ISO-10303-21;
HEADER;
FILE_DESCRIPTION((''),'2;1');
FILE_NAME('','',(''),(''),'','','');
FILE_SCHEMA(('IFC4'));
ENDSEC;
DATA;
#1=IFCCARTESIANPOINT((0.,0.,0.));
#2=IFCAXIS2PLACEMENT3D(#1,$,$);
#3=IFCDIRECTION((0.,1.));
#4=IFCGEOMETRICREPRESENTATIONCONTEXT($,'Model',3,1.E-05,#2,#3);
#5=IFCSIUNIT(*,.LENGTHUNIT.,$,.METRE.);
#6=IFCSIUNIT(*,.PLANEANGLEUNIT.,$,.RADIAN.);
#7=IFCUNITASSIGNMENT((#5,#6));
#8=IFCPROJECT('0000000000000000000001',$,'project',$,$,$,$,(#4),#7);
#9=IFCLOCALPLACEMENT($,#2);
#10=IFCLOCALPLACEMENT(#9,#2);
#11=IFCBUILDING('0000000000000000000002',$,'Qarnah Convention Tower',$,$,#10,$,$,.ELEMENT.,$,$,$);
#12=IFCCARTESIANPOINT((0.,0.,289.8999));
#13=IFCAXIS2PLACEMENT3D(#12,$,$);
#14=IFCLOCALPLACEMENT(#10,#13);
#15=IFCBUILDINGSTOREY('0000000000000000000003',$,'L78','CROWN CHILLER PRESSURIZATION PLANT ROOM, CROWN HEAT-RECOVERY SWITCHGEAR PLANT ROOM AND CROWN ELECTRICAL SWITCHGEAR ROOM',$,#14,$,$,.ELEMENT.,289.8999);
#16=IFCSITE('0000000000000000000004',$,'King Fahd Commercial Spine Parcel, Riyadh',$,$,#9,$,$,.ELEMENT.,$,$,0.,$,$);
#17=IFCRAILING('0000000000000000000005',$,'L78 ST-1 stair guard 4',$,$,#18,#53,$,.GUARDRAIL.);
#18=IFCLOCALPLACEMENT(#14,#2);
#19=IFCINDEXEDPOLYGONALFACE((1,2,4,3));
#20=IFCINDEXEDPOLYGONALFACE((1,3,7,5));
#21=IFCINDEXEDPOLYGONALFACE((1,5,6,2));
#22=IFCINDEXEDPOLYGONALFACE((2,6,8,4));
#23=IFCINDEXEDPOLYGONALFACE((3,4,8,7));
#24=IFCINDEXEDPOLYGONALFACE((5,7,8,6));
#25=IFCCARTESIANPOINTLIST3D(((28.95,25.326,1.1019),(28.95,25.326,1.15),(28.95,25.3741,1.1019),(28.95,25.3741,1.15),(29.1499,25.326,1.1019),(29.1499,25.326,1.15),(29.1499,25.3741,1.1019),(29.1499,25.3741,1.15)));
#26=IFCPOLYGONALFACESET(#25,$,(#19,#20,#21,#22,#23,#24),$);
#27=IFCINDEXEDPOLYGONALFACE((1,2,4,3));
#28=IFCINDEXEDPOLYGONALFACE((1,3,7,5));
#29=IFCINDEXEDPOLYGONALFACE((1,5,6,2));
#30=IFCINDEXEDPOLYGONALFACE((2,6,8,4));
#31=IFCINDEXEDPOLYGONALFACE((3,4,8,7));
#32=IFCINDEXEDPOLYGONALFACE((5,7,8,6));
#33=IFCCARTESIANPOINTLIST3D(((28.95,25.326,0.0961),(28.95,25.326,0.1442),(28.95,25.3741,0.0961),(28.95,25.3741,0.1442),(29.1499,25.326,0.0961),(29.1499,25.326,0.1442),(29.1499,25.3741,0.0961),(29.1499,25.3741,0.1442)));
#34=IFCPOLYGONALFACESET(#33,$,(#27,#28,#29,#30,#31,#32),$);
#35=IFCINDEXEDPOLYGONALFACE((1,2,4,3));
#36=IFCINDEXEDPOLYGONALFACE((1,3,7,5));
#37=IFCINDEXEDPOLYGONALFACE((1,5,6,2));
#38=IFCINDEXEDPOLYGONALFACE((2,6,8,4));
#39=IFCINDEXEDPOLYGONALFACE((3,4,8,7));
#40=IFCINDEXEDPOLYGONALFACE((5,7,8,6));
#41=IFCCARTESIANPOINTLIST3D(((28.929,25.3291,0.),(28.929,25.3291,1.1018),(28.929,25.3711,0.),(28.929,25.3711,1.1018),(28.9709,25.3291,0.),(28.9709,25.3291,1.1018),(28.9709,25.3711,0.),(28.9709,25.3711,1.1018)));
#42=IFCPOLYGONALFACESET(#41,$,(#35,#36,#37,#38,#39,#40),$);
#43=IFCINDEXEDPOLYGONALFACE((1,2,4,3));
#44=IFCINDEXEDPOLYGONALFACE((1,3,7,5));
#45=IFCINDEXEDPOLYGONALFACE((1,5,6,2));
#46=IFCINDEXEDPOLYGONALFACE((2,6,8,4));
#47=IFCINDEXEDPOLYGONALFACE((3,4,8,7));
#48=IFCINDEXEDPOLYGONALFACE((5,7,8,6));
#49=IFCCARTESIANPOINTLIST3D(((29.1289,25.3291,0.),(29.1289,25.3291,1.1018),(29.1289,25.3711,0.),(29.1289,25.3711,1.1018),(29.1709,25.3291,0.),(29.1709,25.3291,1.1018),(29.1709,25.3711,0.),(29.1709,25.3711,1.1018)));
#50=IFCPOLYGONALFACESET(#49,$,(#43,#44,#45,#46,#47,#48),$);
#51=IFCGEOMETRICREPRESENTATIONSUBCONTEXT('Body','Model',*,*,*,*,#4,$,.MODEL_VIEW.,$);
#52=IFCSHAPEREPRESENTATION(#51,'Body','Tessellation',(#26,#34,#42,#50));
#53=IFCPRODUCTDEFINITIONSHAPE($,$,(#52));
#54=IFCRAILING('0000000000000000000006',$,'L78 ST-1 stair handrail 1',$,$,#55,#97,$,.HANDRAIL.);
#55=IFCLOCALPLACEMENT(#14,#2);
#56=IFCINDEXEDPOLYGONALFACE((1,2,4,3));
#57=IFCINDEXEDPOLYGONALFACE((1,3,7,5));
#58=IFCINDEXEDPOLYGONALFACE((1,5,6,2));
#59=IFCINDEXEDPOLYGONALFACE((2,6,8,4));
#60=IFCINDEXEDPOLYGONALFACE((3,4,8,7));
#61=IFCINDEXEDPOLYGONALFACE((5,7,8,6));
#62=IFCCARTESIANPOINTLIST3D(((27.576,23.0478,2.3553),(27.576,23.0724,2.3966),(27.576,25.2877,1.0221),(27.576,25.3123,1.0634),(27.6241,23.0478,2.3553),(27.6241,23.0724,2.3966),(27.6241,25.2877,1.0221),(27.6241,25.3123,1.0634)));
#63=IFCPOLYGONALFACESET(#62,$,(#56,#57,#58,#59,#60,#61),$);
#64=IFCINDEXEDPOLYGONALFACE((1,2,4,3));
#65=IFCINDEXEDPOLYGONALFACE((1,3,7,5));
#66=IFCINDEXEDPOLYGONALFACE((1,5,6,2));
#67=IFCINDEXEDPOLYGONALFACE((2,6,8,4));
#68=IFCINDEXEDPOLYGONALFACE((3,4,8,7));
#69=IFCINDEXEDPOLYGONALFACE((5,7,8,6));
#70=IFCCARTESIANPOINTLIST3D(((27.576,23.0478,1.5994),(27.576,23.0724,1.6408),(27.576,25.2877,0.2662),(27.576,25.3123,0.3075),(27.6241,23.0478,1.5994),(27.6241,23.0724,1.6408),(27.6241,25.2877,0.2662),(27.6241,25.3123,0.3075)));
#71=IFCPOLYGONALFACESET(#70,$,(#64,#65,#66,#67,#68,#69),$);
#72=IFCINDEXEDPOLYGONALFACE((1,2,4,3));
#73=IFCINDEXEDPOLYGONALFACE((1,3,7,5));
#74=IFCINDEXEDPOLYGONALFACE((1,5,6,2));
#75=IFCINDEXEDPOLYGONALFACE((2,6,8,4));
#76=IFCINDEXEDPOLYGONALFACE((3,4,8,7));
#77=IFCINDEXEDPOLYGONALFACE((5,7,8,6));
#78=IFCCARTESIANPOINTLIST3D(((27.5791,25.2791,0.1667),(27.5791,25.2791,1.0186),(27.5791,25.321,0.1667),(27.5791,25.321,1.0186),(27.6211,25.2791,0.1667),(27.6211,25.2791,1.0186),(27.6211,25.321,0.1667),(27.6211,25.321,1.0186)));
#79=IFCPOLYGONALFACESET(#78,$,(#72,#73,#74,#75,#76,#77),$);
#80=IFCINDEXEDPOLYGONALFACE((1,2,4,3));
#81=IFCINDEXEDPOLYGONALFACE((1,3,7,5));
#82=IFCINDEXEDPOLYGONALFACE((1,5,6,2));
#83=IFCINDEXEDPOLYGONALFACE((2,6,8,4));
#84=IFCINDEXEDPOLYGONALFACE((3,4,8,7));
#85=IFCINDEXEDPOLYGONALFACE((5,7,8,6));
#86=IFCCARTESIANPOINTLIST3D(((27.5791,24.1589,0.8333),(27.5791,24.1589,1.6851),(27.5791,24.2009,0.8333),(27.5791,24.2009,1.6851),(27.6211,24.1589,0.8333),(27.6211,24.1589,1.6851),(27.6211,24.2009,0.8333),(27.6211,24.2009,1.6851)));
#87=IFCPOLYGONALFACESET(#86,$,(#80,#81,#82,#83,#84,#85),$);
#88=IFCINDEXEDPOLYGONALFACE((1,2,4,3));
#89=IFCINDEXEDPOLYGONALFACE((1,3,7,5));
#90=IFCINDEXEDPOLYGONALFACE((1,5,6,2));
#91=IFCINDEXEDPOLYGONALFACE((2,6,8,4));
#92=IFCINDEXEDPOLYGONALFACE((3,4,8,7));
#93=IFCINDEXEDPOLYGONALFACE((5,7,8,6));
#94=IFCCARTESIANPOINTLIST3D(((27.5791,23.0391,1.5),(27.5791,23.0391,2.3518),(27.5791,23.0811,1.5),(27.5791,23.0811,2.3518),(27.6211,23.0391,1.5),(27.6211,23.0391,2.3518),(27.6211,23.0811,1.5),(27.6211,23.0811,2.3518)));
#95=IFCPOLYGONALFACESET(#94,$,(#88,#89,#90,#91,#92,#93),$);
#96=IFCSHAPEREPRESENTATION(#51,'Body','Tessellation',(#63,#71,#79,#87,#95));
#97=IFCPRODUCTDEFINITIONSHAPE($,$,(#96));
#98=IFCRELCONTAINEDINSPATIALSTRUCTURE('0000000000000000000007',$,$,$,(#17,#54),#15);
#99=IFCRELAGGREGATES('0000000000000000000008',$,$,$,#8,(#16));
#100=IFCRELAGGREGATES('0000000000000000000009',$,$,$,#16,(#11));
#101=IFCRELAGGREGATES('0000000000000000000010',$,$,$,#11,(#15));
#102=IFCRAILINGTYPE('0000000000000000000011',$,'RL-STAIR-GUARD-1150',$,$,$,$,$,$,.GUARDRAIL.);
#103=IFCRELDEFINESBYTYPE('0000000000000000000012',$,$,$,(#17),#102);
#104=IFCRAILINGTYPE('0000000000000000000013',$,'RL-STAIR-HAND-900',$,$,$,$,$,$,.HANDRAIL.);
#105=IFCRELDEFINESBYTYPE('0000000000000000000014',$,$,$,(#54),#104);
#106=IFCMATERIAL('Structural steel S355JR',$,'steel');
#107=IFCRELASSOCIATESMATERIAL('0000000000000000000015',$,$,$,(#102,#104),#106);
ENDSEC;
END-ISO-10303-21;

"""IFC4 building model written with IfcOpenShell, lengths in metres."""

from ifc_helpers import new_model, si_unit, direction, frame, origin, origin_2d, place, context, subcontext, project, spatial, rectangle, extrude, material, type_object, element, save


model = new_model("IFC4")

# Units and contexts
model_context = context("Model", 3, precision=1e-05, world=origin(), true_north=direction((0.0, 1.0)))
body_context = subcontext(model_context, "Body", "Model", "MODEL_VIEW")
ifc_project = project(units=[si_unit("LENGTHUNIT", "METRE"), si_unit("PLANEANGLEUNIT", "RADIAN")], contexts=[model_context])

# Site, building, storey
site_placement = place(None, origin())
site = spatial("IfcSite", under=ifc_project, at=site_placement, Name="King Fahd Commercial Spine Parcel, Riyadh", CompositionType="ELEMENT", RefElevation=0.0)
building_placement = place(site_placement, origin())
building = spatial("IfcBuilding", under=site, at=building_placement, Name="Qarnah Convention Tower", CompositionType="ELEMENT")
storey_placement = place(building_placement, frame((0.0, 0.0, 289.8999)))
storey = spatial("IfcBuildingStorey", under=building, at=storey_placement, Name="L78", Description="CROWN CHILLER PRESSURIZATION PLANT ROOM, CROWN HEAT-RECOVERY SWITCHGEAR PLANT ROOM AND CROWN ELECTRICAL SWITCHGEAR ROOM", CompositionType="ELEMENT", Elevation=289.8999)

# Shared definitions
ifc_material_1 = material(Name="Structural steel S355JR", Category="steel")

# Railings
railing_type_1 = type_object("IfcRailingType", Name="RL-STAIR-GUARD-1150", PredefinedType="GUARDRAIL", material=ifc_material_1)
railing_1_placement = place(storey_placement, frame((28.95, 25.3501, 0.0)))
element("IfcRailing", 1, at=railing_1_placement, inside=storey, type_object=railing_type_1, Name="L78 ST-1 stair guard 4", PredefinedType="GUARDRAIL", context=body_context, shape_type="SweptSolid", body=[
    extrude(rectangle(XDim=0.0481, YDim=0.0481, at=origin_2d()), frame((0.0, 0.0, 1.126), z_axis=(1.0, 0.0, 0.0), x_axis=(0.0, 1.0, 0.0)), (0.0, 0.0, 1.0), 0.2),
    extrude(rectangle(XDim=0.0481, YDim=0.0481, at=origin_2d()), frame((0.0, 0.0, 0.1201), z_axis=(1.0, 0.0, 0.0), x_axis=(0.0, 1.0, 0.0)), (0.0, 0.0, 1.0), 0.2),
    extrude(rectangle(XDim=0.042, YDim=0.042, at=origin_2d()), origin(), (0.0, 0.0, 1.0), 1.1018),
    extrude(rectangle(XDim=0.042, YDim=0.042, at=origin_2d()), frame((0.2, 0.0, 0.0)), (0.0, 0.0, 1.0), 1.1018),
])
railing_type_2 = type_object("IfcRailingType", Name="RL-STAIR-HAND-900", PredefinedType="HANDRAIL", material=ifc_material_1)
railing_2_placement = place(storey_placement, frame((27.6001, 25.3, 0.1667)))
element("IfcRailing", 2, at=railing_2_placement, inside=storey, type_object=railing_type_2, Name="L78 ST-1 stair handrail 1", PredefinedType="HANDRAIL", context=body_context, shape_type="SweptSolid", body=[
    extrude(rectangle(XDim=0.0481, YDim=0.0481, at=origin_2d()), frame((0.0, 0.0, 0.876), z_axis=(0.0, -0.859306, 0.511462), x_axis=(1.0, 0.0, 0.0)), (0.0, 0.0, 1.0), 2.6067),
    extrude(rectangle(XDim=0.0481, YDim=0.0481, at=origin_2d()), frame((0.0, 0.0, 0.1201), z_axis=(0.0, -0.859306, 0.511462), x_axis=(1.0, 0.0, 0.0)), (0.0, 0.0, 1.0), 2.6067),
    extrude(rectangle(XDim=0.042, YDim=0.042, at=origin_2d()), origin(), (0.0, 0.0, 1.0), 0.8518),
    extrude(rectangle(XDim=0.042, YDim=0.042, at=origin_2d()), frame((0.0, -1.1201, 0.6665)), (0.0, 0.0, 1.0), 0.8518),
    extrude(rectangle(XDim=0.042, YDim=0.042, at=origin_2d()), frame((0.0, -2.24, 1.3333)), (0.0, 0.0, 1.0), 0.8518),
])

save(model, "model.ifc")
